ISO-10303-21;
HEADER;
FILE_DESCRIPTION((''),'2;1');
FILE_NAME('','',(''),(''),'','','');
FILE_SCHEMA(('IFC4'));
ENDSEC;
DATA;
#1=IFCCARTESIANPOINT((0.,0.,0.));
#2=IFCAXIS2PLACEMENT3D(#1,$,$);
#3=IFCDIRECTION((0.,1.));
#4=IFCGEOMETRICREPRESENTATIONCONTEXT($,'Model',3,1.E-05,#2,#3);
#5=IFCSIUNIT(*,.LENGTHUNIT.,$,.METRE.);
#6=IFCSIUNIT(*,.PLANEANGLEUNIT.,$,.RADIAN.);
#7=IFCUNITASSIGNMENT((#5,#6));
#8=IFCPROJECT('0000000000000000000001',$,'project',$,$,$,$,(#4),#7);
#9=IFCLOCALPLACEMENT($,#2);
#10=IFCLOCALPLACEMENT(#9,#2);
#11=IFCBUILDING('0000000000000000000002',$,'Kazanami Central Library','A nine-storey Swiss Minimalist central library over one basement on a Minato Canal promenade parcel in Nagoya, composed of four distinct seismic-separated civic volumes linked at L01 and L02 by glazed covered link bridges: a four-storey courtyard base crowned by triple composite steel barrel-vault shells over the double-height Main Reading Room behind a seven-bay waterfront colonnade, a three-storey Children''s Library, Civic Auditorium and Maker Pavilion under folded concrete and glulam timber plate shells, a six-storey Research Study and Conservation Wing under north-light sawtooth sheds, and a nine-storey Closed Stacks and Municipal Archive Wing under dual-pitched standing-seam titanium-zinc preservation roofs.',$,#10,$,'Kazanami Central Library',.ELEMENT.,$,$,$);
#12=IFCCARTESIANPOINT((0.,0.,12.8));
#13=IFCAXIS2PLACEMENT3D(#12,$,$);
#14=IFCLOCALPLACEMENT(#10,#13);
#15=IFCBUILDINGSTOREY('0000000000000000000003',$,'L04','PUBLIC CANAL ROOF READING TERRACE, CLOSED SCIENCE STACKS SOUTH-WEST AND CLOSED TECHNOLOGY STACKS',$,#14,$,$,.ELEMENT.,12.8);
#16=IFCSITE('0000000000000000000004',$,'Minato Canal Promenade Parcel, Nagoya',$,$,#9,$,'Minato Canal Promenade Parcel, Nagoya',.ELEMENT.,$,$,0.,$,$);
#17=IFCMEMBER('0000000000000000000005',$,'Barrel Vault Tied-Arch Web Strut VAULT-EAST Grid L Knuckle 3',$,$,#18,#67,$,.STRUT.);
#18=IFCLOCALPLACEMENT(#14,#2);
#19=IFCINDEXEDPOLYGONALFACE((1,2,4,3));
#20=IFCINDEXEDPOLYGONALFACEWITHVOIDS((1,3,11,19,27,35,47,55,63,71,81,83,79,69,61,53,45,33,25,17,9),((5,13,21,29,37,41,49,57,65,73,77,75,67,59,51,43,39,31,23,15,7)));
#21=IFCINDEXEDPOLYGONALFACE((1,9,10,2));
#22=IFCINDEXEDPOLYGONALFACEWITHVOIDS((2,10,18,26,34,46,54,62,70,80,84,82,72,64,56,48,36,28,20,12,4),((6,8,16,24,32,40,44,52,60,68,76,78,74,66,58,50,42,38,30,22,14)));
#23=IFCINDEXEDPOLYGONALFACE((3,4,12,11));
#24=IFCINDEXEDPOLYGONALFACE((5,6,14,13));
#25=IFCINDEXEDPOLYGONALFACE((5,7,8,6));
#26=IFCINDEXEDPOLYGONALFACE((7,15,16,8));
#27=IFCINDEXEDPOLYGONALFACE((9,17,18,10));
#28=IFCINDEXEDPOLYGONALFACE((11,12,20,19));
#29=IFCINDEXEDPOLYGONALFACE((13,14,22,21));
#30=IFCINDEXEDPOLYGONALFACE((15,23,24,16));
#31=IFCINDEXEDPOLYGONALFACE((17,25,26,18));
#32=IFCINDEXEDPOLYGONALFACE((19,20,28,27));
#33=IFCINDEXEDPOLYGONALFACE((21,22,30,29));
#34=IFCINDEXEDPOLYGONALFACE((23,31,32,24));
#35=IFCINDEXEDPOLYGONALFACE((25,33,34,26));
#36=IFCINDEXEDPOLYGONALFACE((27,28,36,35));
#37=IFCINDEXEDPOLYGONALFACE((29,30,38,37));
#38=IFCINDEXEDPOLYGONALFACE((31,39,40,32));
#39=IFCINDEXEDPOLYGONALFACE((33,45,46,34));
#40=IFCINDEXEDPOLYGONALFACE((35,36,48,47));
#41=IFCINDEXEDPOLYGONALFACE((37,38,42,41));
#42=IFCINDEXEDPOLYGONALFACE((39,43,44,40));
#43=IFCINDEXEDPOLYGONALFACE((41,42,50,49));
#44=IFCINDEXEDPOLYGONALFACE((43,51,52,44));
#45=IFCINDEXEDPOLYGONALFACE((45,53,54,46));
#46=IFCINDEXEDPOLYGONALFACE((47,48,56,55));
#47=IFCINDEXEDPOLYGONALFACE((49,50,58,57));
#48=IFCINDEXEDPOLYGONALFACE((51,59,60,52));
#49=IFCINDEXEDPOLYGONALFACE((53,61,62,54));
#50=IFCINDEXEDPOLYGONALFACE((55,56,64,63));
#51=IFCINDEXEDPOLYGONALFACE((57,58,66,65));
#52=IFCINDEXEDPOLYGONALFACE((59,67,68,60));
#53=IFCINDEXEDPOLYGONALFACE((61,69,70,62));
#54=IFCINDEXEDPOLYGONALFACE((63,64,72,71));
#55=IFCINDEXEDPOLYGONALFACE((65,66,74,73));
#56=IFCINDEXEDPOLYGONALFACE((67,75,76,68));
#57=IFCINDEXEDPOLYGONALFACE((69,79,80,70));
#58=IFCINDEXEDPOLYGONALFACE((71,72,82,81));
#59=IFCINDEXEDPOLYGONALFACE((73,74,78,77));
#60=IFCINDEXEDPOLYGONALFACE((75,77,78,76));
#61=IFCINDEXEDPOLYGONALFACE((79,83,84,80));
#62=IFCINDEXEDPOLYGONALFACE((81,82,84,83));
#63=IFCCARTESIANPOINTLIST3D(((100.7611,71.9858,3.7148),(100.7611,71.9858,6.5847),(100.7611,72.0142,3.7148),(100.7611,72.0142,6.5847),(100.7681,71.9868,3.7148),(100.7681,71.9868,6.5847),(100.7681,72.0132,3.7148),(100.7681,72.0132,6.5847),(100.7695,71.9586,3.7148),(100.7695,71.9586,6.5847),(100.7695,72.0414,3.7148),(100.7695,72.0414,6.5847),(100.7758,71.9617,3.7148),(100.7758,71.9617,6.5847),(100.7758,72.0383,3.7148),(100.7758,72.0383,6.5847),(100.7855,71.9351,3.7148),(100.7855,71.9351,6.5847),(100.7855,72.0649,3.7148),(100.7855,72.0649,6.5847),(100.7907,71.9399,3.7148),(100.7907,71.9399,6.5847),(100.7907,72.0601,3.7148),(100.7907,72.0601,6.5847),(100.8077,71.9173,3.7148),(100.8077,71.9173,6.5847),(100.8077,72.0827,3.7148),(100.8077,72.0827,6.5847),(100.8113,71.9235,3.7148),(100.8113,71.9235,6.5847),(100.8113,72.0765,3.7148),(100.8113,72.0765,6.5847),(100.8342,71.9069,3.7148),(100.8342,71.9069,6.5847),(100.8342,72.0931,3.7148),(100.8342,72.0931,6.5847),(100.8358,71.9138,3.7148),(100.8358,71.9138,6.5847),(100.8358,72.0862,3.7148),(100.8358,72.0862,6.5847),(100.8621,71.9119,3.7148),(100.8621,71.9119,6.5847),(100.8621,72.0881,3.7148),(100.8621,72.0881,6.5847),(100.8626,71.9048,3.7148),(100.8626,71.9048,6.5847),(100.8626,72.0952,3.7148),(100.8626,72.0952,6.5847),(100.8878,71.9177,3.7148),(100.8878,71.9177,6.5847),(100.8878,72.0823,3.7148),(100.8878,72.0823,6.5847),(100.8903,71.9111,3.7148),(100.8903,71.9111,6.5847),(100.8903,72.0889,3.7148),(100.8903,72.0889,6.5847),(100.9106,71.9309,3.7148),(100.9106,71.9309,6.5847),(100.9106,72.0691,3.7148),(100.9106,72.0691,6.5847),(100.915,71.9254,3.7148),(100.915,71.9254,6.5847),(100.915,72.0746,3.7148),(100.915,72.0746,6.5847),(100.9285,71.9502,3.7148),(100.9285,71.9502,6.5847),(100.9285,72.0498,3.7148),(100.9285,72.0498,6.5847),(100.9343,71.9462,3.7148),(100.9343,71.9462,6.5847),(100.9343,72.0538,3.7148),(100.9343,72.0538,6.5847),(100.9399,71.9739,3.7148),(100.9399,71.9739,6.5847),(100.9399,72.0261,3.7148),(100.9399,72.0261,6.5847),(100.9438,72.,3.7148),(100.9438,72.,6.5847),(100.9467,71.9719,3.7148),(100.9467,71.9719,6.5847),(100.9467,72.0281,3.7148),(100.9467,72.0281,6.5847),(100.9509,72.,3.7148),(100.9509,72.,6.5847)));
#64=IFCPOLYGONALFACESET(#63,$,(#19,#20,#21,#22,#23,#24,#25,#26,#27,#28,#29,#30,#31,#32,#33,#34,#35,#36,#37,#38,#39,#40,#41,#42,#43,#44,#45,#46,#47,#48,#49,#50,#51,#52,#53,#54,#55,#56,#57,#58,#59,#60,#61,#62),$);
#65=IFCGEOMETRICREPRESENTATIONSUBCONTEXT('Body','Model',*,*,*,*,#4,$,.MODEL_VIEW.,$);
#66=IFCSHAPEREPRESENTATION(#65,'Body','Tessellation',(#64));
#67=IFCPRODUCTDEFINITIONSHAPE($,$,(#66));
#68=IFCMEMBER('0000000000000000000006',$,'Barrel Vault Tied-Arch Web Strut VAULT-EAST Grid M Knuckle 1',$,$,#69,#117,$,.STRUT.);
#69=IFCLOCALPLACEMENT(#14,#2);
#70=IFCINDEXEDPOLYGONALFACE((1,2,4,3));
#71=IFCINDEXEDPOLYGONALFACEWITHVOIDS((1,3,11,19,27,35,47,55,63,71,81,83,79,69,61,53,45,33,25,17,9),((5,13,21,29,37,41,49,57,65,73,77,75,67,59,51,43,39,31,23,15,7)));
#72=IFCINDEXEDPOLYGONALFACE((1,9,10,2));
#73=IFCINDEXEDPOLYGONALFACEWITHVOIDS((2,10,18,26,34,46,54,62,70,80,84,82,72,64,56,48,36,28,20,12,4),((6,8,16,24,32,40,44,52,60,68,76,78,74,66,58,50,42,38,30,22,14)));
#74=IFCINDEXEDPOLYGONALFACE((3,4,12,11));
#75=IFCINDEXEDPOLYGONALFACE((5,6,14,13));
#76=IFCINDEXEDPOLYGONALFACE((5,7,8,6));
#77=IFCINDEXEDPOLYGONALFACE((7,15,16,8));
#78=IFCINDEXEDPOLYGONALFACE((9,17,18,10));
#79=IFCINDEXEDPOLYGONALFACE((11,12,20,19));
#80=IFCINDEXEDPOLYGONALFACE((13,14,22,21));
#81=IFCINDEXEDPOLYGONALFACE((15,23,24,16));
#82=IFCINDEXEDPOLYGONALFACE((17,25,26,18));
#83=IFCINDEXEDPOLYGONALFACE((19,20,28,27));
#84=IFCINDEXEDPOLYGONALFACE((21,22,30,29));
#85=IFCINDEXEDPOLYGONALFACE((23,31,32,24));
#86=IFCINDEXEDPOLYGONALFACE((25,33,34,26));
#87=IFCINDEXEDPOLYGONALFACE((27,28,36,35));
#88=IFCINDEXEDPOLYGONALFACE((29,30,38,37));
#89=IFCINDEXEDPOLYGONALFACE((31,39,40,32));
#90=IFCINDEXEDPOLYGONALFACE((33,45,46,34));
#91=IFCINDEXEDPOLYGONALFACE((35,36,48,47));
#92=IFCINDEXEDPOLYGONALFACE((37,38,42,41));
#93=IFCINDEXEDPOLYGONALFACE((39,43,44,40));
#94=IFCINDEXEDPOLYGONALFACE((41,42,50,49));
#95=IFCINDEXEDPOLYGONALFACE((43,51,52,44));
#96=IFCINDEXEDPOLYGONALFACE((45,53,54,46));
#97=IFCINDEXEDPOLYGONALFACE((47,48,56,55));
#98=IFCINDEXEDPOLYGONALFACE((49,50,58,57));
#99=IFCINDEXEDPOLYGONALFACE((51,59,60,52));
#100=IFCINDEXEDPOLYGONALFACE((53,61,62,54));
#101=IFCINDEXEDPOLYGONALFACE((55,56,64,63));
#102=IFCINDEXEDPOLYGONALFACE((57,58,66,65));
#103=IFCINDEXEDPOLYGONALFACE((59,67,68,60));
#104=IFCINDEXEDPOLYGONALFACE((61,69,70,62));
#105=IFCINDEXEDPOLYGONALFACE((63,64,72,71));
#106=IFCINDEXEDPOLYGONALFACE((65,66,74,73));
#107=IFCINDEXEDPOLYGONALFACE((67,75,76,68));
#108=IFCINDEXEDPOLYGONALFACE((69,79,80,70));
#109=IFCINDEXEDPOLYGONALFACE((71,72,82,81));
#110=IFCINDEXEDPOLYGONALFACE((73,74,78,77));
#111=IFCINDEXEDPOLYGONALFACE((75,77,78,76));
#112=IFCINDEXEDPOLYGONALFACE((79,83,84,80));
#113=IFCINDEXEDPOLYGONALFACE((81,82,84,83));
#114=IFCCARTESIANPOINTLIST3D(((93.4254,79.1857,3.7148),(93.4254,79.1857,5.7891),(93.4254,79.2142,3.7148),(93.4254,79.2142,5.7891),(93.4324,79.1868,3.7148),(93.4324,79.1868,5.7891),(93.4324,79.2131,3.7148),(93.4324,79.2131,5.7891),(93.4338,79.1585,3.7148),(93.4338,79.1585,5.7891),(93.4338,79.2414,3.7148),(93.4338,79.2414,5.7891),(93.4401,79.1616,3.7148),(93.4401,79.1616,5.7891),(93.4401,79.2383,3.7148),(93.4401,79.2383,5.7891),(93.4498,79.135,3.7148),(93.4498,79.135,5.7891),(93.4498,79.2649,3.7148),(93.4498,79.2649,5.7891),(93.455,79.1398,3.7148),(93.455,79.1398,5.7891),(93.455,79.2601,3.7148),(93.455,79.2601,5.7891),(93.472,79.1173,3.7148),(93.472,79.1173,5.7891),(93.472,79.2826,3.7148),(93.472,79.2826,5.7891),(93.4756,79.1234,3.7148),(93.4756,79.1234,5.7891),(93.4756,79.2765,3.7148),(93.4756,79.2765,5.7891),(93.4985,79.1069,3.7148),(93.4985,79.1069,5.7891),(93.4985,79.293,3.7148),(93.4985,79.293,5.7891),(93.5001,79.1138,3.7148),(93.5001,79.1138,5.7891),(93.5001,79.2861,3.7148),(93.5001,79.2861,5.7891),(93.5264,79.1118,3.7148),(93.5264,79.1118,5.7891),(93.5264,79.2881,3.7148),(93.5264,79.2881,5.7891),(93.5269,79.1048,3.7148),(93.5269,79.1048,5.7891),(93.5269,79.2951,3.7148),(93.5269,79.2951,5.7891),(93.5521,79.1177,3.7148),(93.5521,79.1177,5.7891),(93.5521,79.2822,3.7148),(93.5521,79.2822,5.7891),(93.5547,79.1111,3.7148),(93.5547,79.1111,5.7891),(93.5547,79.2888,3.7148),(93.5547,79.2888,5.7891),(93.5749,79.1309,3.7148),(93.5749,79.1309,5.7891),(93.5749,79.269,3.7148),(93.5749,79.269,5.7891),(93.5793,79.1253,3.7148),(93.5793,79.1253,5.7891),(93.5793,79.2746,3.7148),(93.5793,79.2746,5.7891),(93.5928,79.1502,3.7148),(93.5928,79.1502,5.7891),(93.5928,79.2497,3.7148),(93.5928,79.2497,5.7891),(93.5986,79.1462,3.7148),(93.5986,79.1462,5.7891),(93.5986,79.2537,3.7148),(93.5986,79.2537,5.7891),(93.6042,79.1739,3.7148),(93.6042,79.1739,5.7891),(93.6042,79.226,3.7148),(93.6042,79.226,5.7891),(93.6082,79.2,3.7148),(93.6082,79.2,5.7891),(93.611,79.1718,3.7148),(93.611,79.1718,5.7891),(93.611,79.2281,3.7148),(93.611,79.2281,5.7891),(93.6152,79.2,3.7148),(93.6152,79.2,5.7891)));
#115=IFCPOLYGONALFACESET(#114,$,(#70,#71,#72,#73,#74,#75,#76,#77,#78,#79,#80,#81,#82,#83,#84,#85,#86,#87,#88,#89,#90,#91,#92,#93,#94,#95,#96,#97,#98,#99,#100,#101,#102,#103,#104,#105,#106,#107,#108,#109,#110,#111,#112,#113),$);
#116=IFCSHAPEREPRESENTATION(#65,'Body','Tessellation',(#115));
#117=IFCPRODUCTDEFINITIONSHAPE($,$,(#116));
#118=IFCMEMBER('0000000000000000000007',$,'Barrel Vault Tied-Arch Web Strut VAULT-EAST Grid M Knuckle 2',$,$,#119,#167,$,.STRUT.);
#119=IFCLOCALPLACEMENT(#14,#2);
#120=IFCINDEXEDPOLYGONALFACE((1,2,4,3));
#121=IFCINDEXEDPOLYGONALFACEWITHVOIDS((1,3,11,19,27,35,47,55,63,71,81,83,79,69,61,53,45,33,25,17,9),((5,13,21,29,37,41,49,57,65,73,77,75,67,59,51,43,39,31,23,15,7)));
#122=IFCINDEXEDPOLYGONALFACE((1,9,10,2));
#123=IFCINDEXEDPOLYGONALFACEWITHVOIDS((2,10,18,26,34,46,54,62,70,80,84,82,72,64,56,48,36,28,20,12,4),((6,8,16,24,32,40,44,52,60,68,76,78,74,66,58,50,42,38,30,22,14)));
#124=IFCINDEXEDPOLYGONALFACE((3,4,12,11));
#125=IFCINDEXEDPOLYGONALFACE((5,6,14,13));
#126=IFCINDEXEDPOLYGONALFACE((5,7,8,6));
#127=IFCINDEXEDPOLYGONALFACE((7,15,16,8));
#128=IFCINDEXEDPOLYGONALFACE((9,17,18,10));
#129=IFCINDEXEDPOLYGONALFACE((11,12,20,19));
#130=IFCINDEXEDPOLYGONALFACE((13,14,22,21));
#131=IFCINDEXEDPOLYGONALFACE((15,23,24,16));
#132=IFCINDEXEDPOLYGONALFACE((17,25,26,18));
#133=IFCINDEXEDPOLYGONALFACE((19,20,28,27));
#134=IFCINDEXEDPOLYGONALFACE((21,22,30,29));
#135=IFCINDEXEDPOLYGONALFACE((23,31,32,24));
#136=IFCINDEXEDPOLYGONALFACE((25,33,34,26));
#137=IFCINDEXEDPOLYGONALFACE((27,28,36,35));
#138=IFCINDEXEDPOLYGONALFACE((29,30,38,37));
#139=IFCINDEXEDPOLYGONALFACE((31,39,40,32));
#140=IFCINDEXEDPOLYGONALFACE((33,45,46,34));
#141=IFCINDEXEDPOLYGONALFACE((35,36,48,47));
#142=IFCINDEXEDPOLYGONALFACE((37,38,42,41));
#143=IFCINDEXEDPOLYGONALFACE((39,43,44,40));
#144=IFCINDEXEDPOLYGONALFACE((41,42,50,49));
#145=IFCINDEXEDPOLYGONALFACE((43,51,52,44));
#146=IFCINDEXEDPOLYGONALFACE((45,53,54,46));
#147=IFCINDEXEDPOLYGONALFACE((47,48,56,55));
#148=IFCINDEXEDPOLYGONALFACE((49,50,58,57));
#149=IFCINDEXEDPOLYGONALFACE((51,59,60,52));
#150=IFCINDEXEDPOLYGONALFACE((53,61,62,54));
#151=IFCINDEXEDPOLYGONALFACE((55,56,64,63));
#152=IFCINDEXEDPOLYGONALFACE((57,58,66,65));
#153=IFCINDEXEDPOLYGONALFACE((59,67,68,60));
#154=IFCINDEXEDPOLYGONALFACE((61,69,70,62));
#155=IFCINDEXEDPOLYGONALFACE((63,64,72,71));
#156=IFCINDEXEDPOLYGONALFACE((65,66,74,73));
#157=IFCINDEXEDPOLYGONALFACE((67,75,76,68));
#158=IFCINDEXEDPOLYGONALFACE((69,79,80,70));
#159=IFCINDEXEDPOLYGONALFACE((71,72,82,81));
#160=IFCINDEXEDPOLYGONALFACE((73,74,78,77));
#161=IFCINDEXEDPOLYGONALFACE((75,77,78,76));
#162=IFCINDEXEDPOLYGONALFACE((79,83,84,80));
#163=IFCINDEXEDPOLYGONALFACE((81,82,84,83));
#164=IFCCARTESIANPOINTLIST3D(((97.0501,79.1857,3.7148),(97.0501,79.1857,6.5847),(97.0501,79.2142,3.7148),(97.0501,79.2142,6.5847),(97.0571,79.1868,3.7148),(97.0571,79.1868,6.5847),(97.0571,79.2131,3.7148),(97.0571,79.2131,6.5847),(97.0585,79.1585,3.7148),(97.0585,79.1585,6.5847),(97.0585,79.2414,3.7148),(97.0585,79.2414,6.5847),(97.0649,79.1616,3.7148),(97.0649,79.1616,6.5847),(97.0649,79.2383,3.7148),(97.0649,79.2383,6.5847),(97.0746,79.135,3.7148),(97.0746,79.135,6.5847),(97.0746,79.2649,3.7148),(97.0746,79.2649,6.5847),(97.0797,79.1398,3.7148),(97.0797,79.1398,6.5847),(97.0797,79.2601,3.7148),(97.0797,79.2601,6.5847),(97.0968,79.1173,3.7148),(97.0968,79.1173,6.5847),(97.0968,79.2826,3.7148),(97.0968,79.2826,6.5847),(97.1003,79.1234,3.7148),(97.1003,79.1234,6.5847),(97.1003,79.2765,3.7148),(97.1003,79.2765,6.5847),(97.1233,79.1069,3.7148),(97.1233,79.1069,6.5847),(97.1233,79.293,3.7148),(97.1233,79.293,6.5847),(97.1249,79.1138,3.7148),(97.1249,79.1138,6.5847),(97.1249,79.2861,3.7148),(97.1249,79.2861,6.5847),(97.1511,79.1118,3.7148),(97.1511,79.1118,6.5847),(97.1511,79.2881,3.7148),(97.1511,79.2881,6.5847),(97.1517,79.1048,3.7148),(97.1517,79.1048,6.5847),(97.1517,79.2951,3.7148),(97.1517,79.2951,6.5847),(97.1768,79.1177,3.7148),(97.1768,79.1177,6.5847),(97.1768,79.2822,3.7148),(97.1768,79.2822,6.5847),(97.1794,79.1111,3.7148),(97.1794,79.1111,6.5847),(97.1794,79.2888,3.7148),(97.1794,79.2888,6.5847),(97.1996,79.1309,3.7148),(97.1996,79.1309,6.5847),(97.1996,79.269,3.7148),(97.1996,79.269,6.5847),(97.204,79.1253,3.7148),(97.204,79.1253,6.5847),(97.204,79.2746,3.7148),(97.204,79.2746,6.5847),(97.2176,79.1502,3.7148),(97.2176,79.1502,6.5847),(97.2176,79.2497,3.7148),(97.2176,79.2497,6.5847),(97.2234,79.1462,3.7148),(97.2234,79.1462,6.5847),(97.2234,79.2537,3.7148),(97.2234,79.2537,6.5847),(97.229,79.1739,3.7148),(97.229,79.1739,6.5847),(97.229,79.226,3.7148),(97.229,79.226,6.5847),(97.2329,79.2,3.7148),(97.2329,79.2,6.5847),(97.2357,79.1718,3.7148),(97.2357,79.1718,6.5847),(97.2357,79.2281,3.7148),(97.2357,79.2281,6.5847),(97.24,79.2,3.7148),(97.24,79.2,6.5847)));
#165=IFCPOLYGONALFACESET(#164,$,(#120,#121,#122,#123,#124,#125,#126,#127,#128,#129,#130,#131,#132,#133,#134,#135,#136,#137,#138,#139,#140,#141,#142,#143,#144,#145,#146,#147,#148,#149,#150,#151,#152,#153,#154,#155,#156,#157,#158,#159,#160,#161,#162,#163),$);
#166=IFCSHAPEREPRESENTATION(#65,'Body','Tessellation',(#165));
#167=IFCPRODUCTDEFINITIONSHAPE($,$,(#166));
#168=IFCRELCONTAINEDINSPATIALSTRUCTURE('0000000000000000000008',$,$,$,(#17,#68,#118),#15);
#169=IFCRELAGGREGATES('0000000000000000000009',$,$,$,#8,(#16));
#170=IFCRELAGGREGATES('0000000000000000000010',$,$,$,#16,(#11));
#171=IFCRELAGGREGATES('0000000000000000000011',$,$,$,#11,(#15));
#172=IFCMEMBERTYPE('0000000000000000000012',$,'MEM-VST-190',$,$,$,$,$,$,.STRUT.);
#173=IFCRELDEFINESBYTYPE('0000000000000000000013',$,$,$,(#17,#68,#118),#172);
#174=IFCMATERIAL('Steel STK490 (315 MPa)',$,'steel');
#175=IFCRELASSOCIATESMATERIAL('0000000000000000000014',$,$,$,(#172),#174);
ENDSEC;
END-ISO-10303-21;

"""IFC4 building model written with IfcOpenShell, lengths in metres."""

from ifc_helpers import new_model, si_unit, direction, frame, origin, origin_2d, place, context, subcontext, project, spatial, hollow_circle, extrude, material, material_profile, profile_set, type_object, element, save


model = new_model("IFC4")

# Units and contexts
model_context = context("Model", 3, precision=1e-05, world=origin(), true_north=direction((0.0, 1.0)))
body_context = subcontext(model_context, "Body", "Model", "MODEL_VIEW")
ifc_project = project(units=[si_unit("LENGTHUNIT", "METRE"), si_unit("PLANEANGLEUNIT", "RADIAN")], contexts=[model_context])

# Site, building, storey
site_placement = place(None, origin())
site = spatial("IfcSite", under=ifc_project, at=site_placement, Name="Minato Canal Promenade Parcel, Nagoya", LongName="Minato Canal Promenade Parcel, Nagoya", CompositionType="ELEMENT", RefElevation=0.0)
building_placement = place(site_placement, origin())
building = spatial("IfcBuilding", under=site, at=building_placement, Name="Kazanami Central Library", Description="A nine-storey Swiss Minimalist central library over one basement on a Minato Canal promenade parcel in Nagoya, composed of four distinct seismic-separated civic volumes linked at L01 and L02 by glazed covered link bridges: a four-storey courtyard base crowned by triple composite steel barrel-vault shells over the double-height Main Reading Room behind a seven-bay waterfront colonnade, a three-storey Children's Library, Civic Auditorium and Maker Pavilion under folded concrete and glulam timber plate shells, a six-storey Research Study and Conservation Wing under north-light sawtooth sheds, and a nine-storey Closed Stacks and Municipal Archive Wing under dual-pitched standing-seam titanium-zinc preservation roofs.", LongName="Kazanami Central Library", CompositionType="ELEMENT")
storey_placement = place(building_placement, frame((0.0, 0.0, 12.8)))
storey = spatial("IfcBuildingStorey", under=building, at=storey_placement, Name="L04", Description="PUBLIC CANAL ROOF READING TERRACE, CLOSED SCIENCE STACKS SOUTH-WEST AND CLOSED TECHNOLOGY STACKS", CompositionType="ELEMENT", Elevation=12.8)

# Members
ifc_material_1 = material(Name="Steel STK490 (315 MPa)", Category="steel")
ifc_material_profile_1 = material_profile(ifc_material_1, hollow_circle(Radius=0.0955, WallThickness=0.0071, at=origin_2d()), Name="CHS-190.7x7.0")
ifc_profile_set_1 = profile_set([ifc_material_profile_1], Name="Steel STK490 (315 MPa)")
member_type_1 = type_object("IfcMemberType", Name="MEM-VST-190", PredefinedType="STRUT", material=ifc_profile_set_1)
for number, where, z_axis, x_axis, name in (
    (1, (100.8555, 72.0, 3.7148), (0.0, 0.0, 1.0), (1.0, 0.0, 0.0), "Barrel Vault Tied-Arch Web Strut VAULT-EAST Grid L Knuckle 3"),
):
    element("IfcMember", number, at=place(storey_placement, frame(where, z_axis=z_axis, x_axis=x_axis)), inside=storey, type_object=member_type_1, Name=name, PredefinedType="STRUT", context=body_context, shape_type="SweptSolid", body=[
        extrude(hollow_circle(Radius=0.0955, WallThickness=0.0071, at=origin_2d()), origin(), (0.0, 0.0, 1.0), 2.8699),
    ])
member_1_placement = place(storey_placement, frame((93.5198, 79.2, 3.7148), z_axis=(0.0, 0.0, 1.0), x_axis=(1.0, 0.0, 0.0)))
element("IfcMember", 2, at=member_1_placement, inside=storey, type_object=member_type_1, Name="Barrel Vault Tied-Arch Web Strut VAULT-EAST Grid M Knuckle 1", PredefinedType="STRUT", context=body_context, shape_type="SweptSolid", body=[
    extrude(hollow_circle(Radius=0.0955, WallThickness=0.0071, at=origin_2d()), origin(), (0.0, 0.0, 1.0), 2.0742),
])
for number, where, z_axis, x_axis, name in (
    (3, (97.1445, 79.2, 3.7148), (0.0, 0.0, 1.0), (1.0, 0.0, 0.0), "Barrel Vault Tied-Arch Web Strut VAULT-EAST Grid M Knuckle 2"),
):
    element("IfcMember", number, at=place(storey_placement, frame(where, z_axis=z_axis, x_axis=x_axis)), inside=storey, type_object=member_type_1, Name=name, PredefinedType="STRUT", context=body_context, shape_type="SweptSolid", body=[
        extrude(hollow_circle(Radius=0.0955, WallThickness=0.0071, at=origin_2d()), origin(), (0.0, 0.0, 1.0), 2.8699),
    ])

save(model, "model.ifc")
